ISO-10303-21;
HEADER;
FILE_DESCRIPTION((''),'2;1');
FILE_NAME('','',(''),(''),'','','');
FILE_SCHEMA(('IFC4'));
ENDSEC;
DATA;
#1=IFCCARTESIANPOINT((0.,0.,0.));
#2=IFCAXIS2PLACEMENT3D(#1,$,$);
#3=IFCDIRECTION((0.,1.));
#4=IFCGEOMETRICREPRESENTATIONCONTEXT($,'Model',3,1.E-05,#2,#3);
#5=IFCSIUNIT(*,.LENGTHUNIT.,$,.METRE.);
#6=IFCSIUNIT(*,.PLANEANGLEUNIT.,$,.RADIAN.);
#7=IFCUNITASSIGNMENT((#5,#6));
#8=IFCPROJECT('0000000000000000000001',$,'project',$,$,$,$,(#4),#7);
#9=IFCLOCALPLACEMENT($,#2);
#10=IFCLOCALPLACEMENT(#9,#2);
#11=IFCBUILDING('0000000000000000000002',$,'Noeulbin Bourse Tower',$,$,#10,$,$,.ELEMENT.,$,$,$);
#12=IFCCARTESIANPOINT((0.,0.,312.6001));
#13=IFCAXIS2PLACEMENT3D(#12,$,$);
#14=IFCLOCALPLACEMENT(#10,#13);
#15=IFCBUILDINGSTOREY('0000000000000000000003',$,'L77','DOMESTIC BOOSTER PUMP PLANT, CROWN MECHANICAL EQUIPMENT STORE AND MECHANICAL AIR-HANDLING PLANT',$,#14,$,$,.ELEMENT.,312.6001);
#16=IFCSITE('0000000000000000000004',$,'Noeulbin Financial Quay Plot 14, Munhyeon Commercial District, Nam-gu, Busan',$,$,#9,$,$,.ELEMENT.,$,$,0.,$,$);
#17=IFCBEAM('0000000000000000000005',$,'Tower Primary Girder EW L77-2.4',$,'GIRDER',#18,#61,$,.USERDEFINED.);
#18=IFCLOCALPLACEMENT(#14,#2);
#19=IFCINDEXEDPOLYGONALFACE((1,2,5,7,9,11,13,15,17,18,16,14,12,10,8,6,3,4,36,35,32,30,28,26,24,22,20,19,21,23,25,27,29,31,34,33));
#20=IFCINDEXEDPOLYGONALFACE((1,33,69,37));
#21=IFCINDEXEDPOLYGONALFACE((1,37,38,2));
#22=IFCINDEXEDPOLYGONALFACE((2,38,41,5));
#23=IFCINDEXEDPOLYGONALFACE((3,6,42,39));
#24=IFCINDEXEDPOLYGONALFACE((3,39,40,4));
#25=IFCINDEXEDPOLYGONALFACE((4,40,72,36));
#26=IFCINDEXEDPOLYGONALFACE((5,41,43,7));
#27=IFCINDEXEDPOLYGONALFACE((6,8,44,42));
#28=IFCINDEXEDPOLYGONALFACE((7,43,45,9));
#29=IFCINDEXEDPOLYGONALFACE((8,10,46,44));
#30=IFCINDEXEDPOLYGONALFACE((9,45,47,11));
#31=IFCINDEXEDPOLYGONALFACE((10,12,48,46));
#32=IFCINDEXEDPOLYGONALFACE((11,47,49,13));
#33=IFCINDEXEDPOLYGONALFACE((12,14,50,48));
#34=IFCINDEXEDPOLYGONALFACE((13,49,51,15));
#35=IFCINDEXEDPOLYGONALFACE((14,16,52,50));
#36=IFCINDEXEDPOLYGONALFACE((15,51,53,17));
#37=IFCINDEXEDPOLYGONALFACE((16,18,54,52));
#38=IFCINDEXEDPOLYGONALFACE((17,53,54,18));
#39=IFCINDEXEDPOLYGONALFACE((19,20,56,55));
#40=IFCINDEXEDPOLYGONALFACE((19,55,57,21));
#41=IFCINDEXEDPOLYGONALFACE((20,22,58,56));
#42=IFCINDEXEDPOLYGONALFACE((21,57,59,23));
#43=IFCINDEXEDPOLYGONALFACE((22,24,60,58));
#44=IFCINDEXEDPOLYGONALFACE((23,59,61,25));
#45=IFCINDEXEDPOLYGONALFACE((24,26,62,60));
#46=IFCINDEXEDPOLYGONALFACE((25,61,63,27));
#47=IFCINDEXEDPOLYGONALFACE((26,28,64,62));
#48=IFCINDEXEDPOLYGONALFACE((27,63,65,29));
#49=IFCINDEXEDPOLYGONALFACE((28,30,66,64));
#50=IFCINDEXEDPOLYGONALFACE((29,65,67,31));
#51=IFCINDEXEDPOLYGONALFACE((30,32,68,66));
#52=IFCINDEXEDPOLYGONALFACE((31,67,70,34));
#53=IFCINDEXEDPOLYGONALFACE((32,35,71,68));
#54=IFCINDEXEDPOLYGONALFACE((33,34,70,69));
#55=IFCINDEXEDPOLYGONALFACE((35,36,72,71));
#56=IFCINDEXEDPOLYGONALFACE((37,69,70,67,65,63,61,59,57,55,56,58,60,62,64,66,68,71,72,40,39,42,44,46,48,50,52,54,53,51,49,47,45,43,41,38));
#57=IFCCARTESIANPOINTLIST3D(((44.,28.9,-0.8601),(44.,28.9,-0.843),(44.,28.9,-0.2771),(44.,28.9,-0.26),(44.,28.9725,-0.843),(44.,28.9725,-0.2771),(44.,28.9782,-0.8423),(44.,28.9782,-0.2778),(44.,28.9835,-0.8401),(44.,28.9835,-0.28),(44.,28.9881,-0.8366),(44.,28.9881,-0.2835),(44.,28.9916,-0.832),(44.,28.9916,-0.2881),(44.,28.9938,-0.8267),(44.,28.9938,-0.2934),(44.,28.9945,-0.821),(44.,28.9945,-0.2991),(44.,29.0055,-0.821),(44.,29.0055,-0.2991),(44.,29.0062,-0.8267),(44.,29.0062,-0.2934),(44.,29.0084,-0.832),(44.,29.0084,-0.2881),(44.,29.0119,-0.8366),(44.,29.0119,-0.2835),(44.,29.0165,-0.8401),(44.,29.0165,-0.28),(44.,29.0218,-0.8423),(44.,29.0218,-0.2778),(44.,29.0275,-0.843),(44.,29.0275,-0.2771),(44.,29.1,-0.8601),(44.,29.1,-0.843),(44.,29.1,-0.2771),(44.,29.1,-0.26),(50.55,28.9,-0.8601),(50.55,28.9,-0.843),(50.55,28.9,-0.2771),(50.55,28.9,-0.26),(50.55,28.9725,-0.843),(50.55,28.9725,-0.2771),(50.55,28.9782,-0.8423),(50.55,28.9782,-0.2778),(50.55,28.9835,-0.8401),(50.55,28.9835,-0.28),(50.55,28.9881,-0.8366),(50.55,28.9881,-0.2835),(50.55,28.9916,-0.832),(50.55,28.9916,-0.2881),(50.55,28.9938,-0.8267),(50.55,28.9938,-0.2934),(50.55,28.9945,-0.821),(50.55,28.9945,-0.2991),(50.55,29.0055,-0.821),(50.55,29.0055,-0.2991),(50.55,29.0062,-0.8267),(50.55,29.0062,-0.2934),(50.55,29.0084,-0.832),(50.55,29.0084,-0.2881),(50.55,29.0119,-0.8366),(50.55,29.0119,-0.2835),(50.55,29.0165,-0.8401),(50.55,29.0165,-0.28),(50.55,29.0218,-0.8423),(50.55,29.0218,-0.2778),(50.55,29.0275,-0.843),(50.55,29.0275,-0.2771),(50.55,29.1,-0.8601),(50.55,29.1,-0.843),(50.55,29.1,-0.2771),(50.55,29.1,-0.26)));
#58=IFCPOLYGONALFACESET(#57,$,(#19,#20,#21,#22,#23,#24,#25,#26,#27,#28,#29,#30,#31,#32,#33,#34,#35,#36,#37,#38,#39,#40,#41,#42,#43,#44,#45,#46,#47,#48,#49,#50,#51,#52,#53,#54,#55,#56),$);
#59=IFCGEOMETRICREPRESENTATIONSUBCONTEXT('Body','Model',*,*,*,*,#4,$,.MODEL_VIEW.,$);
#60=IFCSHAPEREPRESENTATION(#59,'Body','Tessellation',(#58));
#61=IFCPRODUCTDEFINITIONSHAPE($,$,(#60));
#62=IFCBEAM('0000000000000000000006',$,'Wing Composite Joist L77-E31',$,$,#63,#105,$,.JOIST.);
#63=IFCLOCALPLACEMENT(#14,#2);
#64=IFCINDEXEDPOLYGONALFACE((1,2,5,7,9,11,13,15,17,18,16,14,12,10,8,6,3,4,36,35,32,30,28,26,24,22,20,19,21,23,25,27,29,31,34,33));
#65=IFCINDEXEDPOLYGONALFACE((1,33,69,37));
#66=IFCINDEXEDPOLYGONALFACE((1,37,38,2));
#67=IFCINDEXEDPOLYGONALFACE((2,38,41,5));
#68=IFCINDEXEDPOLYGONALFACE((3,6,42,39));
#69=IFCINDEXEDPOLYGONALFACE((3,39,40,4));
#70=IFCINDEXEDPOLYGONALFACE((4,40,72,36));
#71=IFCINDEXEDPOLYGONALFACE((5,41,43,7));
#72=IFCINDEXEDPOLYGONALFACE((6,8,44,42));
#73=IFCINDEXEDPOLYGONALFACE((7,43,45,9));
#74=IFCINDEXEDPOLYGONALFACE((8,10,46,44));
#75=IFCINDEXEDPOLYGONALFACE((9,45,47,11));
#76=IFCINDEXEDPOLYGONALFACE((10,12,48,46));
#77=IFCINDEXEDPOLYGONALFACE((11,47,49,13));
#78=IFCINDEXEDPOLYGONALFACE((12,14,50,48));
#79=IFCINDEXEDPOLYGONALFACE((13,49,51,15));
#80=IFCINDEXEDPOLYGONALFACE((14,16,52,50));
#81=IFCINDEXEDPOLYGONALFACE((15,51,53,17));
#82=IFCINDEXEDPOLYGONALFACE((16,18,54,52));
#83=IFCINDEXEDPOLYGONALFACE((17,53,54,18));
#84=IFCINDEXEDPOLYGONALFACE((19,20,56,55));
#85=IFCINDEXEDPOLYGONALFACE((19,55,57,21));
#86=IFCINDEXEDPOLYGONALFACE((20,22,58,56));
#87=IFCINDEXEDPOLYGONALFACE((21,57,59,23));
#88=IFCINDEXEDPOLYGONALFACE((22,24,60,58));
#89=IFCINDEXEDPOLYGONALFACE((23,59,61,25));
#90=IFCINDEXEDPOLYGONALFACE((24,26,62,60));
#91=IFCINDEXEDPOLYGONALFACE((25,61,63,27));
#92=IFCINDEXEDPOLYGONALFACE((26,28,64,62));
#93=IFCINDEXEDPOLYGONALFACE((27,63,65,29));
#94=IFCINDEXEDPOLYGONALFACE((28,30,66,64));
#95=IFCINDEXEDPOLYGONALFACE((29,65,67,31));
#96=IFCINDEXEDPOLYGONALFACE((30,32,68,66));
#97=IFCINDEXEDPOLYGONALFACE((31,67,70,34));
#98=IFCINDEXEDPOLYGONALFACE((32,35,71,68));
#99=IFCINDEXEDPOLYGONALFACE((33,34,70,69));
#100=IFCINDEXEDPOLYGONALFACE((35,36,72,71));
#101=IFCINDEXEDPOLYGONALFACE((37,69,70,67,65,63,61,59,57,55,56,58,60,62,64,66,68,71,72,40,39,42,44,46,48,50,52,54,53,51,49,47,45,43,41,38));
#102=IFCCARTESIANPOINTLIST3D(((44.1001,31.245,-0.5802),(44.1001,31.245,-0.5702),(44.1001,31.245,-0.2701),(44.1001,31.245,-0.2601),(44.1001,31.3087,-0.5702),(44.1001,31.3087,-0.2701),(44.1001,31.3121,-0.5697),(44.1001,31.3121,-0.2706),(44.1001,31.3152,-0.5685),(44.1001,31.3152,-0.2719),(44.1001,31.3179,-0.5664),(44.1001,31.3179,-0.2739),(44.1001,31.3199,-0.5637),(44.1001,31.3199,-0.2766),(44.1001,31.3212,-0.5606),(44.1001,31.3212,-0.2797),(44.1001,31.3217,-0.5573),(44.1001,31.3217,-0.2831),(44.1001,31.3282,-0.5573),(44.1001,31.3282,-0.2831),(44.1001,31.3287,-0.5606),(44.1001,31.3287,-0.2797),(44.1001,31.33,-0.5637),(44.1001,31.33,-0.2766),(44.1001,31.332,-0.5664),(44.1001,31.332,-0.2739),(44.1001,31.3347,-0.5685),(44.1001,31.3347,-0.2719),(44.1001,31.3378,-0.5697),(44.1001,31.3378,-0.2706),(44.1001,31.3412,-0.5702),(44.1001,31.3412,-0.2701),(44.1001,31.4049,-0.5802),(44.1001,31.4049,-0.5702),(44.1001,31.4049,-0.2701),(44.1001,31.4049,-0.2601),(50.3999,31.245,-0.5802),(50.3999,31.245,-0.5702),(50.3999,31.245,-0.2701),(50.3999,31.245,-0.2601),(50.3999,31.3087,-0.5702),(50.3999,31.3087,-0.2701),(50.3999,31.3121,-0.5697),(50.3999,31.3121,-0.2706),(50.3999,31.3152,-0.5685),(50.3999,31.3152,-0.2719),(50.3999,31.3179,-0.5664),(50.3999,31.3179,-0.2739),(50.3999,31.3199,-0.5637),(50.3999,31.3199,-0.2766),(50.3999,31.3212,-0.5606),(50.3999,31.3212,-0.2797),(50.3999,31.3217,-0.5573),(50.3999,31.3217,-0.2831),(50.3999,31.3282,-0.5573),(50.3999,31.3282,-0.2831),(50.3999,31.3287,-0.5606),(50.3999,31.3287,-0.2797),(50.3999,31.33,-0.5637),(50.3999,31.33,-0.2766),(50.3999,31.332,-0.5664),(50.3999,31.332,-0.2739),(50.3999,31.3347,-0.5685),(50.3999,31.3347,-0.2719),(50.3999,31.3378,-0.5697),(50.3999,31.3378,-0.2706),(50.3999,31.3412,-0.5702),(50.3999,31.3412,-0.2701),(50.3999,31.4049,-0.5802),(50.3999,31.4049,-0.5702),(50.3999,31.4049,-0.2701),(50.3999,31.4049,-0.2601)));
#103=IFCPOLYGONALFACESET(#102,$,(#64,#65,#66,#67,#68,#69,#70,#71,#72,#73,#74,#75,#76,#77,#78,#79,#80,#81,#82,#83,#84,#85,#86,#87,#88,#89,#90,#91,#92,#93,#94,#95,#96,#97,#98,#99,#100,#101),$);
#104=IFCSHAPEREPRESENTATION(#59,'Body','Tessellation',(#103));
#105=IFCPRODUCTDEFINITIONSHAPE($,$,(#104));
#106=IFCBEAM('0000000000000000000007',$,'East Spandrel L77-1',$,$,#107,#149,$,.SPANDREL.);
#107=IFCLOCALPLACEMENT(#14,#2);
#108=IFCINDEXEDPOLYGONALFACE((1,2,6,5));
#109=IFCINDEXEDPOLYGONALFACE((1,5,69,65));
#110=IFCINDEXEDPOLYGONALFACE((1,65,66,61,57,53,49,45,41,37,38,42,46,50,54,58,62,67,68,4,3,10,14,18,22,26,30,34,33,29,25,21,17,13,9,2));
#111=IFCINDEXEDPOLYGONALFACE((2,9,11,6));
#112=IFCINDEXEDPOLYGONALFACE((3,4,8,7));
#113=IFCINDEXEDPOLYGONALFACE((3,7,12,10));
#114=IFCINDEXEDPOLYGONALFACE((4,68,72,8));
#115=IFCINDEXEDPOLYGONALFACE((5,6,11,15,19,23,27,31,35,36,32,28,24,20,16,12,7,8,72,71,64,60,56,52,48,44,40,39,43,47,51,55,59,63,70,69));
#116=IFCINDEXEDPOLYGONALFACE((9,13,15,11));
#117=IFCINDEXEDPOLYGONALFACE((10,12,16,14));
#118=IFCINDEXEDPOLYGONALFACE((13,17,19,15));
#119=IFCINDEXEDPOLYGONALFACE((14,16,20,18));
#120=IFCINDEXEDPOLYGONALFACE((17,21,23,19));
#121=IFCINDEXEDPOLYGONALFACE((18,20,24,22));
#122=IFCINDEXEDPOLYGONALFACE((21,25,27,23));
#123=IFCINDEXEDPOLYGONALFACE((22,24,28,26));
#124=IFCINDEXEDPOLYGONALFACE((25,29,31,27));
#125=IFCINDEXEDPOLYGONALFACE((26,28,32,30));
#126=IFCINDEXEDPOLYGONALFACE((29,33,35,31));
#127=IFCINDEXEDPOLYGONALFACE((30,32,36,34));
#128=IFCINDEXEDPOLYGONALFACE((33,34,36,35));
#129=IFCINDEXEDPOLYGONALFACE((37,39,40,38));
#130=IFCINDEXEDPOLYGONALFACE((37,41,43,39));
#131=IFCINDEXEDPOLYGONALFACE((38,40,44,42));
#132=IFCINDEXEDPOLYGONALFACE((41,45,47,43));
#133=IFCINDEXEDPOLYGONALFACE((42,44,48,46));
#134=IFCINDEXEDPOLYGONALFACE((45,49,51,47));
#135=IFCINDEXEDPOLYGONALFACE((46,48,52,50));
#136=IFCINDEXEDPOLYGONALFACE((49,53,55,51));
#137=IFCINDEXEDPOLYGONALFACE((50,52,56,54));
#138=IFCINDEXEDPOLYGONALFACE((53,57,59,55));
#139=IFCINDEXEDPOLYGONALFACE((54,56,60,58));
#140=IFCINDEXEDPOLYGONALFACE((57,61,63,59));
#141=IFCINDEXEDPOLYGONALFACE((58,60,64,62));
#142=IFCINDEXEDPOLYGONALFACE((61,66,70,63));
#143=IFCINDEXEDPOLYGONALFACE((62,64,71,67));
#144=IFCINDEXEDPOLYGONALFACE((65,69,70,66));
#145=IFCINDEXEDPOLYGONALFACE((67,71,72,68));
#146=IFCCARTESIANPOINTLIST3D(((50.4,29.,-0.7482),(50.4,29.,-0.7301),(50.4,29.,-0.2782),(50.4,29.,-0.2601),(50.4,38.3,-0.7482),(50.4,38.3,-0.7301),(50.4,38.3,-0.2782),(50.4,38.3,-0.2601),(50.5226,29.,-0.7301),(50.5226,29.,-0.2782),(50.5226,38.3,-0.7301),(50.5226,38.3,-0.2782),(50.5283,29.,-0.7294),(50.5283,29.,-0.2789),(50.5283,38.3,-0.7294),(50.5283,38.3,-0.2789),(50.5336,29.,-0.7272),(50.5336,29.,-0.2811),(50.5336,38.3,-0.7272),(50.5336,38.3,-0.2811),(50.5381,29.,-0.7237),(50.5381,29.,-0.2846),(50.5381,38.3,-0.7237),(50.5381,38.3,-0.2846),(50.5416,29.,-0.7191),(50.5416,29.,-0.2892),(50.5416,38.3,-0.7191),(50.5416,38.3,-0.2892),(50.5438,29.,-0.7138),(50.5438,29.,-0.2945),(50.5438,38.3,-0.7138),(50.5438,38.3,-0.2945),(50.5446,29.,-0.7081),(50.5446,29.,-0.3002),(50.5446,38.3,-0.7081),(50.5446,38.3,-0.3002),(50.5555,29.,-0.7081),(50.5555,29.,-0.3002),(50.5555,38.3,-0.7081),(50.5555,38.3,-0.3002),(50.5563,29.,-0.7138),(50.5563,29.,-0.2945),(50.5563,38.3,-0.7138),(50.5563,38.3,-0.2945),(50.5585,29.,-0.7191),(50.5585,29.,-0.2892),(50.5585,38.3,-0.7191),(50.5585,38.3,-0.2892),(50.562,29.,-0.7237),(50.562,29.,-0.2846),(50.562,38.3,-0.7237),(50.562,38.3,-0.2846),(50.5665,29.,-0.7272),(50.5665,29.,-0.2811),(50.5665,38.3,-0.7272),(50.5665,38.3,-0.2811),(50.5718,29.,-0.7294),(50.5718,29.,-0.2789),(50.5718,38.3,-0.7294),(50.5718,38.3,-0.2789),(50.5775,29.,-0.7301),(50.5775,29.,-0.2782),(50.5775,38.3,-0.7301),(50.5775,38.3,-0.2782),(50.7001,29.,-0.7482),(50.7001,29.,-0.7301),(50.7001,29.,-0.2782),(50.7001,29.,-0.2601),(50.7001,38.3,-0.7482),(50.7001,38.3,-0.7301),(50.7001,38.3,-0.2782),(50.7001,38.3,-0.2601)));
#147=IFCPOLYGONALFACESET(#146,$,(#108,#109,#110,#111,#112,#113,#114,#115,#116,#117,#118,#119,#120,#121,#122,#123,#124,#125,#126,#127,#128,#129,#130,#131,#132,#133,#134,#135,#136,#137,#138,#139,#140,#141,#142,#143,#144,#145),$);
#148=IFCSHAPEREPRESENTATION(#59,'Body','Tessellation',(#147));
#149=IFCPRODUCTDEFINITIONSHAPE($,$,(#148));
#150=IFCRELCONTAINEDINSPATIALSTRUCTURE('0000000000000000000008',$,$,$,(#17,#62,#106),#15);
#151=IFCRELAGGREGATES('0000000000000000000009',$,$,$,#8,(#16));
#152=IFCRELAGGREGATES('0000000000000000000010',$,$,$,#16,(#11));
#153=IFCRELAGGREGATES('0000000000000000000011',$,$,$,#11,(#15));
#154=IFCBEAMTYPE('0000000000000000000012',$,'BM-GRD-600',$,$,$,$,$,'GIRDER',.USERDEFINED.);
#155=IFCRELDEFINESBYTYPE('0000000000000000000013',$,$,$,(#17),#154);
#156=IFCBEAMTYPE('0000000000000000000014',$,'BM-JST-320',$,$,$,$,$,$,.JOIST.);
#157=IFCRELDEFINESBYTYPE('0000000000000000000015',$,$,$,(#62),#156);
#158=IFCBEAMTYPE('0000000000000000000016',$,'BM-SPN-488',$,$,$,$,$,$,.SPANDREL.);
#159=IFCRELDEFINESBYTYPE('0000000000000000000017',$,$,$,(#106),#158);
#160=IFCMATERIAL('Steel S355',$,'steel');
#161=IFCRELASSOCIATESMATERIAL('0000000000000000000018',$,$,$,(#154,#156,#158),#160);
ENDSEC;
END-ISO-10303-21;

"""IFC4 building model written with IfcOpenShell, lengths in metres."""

from ifc_helpers import new_model, si_unit, direction, frame, origin, origin_2d, place, context, subcontext, project, spatial, i_section, extrude, material, material_profile, profile_set, type_object, element, save


model = new_model("IFC4")

# Units and contexts
model_context = context("Model", 3, precision=1e-05, world=origin(), true_north=direction((0.0, 1.0)))
body_context = subcontext(model_context, "Body", "Model", "MODEL_VIEW")
ifc_project = project(units=[si_unit("LENGTHUNIT", "METRE"), si_unit("PLANEANGLEUNIT", "RADIAN")], contexts=[model_context])

# Site, building, storey
site_placement = place(None, origin())
site = spatial("IfcSite", under=ifc_project, at=site_placement, Name="Noeulbin Financial Quay Plot 14, Munhyeon Commercial District, Nam-gu, Busan", CompositionType="ELEMENT", RefElevation=0.0)
building_placement = place(site_placement, origin())
building = spatial("IfcBuilding", under=site, at=building_placement, Name="Noeulbin Bourse Tower", CompositionType="ELEMENT")
storey_placement = place(building_placement, frame((0.0, 0.0, 312.6001)))
storey = spatial("IfcBuildingStorey", under=building, at=storey_placement, Name="L77", Description="DOMESTIC BOOSTER PUMP PLANT, CROWN MECHANICAL EQUIPMENT STORE AND MECHANICAL AIR-HANDLING PLANT", CompositionType="ELEMENT", Elevation=312.6001)

# Shared definitions
ifc_material_1 = material(Name="Steel S355", Category="steel")

# Beams
ifc_material_profile_1 = material_profile(ifc_material_1, i_section(OverallWidth=0.2, OverallDepth=0.6001, WebThickness=0.011, FlangeThickness=0.0171, FilletRadius=0.022, at=origin_2d()), Name="H-600x200x11x17", Category="LoadBearing")
ifc_profile_set_1 = profile_set([ifc_material_profile_1], Name="Steel S355")
beam_type_1 = type_object("IfcBeamType", Name="BM-GRD-600", ElementType="GIRDER", PredefinedType="USERDEFINED", material=ifc_profile_set_1)
beam_1_placement = place(storey_placement, frame((44.0, 29.0, -0.5601), z_axis=(1.0, 0.0, 0.0), x_axis=(0.0, 1.0, 0.0)))
element("IfcBeam", 1, at=beam_1_placement, inside=storey, type_object=beam_type_1, Name="Tower Primary Girder EW L77-2.4", ObjectType="GIRDER", PredefinedType="USERDEFINED", context=body_context, shape_type="SweptSolid", body=[
    extrude(i_section(OverallWidth=0.2, OverallDepth=0.6001, WebThickness=0.011, FlangeThickness=0.0171, FilletRadius=0.022, at=origin_2d()), origin(), (0.0, 0.0, 1.0), 6.55),
])
ifc_material_profile_2 = material_profile(ifc_material_1, i_section(OverallWidth=0.1599, OverallDepth=0.3201, WebThickness=0.0066, FlangeThickness=0.01, FilletRadius=0.0129, at=origin_2d()), Name="H-320x160x6.5x10", Category="LoadBearing")
ifc_profile_set_2 = profile_set([ifc_material_profile_2], Name="Steel S355")
beam_type_2 = type_object("IfcBeamType", Name="BM-JST-320", PredefinedType="JOIST", material=ifc_profile_set_2)
beam_2_placement = place(storey_placement, frame((44.1001, 31.325, -0.4202), z_axis=(1.0, 0.0, 0.0), x_axis=(0.0, 1.0, 0.0)))
element("IfcBeam", 2, at=beam_2_placement, inside=storey, type_object=beam_type_2, Name="Wing Composite Joist L77-E31", PredefinedType="JOIST", context=body_context, shape_type="SweptSolid", body=[
    extrude(i_section(OverallWidth=0.1599, OverallDepth=0.3201, WebThickness=0.0066, FlangeThickness=0.01, FilletRadius=0.0129, at=origin_2d()), origin(), (0.0, 0.0, 1.0), 6.2998),
])
ifc_material_profile_3 = material_profile(ifc_material_1, i_section(OverallWidth=0.3, OverallDepth=0.488, WebThickness=0.011, FlangeThickness=0.0181, FilletRadius=0.022, at=origin_2d()), Name="H-488x300x11x18", Category="LoadBearing")
ifc_profile_set_3 = profile_set([ifc_material_profile_3], Name="Steel S355")
beam_type_3 = type_object("IfcBeamType", Name="BM-SPN-488", PredefinedType="SPANDREL", material=ifc_profile_set_3)
beam_3_placement = place(storey_placement, frame((50.55, 29.0, -0.5042), z_axis=(0.0, 1.0, 0.0), x_axis=(-1.0, 0.0, 0.0)))
element("IfcBeam", 3, at=beam_3_placement, inside=storey, type_object=beam_type_3, Name="East Spandrel L77-1", PredefinedType="SPANDREL", context=body_context, shape_type="SweptSolid", body=[
    extrude(i_section(OverallWidth=0.3, OverallDepth=0.488, WebThickness=0.011, FlangeThickness=0.0181, FilletRadius=0.022, at=origin_2d()), origin(), (0.0, 0.0, 1.0), 9.3),
])

save(model, "model.ifc")
